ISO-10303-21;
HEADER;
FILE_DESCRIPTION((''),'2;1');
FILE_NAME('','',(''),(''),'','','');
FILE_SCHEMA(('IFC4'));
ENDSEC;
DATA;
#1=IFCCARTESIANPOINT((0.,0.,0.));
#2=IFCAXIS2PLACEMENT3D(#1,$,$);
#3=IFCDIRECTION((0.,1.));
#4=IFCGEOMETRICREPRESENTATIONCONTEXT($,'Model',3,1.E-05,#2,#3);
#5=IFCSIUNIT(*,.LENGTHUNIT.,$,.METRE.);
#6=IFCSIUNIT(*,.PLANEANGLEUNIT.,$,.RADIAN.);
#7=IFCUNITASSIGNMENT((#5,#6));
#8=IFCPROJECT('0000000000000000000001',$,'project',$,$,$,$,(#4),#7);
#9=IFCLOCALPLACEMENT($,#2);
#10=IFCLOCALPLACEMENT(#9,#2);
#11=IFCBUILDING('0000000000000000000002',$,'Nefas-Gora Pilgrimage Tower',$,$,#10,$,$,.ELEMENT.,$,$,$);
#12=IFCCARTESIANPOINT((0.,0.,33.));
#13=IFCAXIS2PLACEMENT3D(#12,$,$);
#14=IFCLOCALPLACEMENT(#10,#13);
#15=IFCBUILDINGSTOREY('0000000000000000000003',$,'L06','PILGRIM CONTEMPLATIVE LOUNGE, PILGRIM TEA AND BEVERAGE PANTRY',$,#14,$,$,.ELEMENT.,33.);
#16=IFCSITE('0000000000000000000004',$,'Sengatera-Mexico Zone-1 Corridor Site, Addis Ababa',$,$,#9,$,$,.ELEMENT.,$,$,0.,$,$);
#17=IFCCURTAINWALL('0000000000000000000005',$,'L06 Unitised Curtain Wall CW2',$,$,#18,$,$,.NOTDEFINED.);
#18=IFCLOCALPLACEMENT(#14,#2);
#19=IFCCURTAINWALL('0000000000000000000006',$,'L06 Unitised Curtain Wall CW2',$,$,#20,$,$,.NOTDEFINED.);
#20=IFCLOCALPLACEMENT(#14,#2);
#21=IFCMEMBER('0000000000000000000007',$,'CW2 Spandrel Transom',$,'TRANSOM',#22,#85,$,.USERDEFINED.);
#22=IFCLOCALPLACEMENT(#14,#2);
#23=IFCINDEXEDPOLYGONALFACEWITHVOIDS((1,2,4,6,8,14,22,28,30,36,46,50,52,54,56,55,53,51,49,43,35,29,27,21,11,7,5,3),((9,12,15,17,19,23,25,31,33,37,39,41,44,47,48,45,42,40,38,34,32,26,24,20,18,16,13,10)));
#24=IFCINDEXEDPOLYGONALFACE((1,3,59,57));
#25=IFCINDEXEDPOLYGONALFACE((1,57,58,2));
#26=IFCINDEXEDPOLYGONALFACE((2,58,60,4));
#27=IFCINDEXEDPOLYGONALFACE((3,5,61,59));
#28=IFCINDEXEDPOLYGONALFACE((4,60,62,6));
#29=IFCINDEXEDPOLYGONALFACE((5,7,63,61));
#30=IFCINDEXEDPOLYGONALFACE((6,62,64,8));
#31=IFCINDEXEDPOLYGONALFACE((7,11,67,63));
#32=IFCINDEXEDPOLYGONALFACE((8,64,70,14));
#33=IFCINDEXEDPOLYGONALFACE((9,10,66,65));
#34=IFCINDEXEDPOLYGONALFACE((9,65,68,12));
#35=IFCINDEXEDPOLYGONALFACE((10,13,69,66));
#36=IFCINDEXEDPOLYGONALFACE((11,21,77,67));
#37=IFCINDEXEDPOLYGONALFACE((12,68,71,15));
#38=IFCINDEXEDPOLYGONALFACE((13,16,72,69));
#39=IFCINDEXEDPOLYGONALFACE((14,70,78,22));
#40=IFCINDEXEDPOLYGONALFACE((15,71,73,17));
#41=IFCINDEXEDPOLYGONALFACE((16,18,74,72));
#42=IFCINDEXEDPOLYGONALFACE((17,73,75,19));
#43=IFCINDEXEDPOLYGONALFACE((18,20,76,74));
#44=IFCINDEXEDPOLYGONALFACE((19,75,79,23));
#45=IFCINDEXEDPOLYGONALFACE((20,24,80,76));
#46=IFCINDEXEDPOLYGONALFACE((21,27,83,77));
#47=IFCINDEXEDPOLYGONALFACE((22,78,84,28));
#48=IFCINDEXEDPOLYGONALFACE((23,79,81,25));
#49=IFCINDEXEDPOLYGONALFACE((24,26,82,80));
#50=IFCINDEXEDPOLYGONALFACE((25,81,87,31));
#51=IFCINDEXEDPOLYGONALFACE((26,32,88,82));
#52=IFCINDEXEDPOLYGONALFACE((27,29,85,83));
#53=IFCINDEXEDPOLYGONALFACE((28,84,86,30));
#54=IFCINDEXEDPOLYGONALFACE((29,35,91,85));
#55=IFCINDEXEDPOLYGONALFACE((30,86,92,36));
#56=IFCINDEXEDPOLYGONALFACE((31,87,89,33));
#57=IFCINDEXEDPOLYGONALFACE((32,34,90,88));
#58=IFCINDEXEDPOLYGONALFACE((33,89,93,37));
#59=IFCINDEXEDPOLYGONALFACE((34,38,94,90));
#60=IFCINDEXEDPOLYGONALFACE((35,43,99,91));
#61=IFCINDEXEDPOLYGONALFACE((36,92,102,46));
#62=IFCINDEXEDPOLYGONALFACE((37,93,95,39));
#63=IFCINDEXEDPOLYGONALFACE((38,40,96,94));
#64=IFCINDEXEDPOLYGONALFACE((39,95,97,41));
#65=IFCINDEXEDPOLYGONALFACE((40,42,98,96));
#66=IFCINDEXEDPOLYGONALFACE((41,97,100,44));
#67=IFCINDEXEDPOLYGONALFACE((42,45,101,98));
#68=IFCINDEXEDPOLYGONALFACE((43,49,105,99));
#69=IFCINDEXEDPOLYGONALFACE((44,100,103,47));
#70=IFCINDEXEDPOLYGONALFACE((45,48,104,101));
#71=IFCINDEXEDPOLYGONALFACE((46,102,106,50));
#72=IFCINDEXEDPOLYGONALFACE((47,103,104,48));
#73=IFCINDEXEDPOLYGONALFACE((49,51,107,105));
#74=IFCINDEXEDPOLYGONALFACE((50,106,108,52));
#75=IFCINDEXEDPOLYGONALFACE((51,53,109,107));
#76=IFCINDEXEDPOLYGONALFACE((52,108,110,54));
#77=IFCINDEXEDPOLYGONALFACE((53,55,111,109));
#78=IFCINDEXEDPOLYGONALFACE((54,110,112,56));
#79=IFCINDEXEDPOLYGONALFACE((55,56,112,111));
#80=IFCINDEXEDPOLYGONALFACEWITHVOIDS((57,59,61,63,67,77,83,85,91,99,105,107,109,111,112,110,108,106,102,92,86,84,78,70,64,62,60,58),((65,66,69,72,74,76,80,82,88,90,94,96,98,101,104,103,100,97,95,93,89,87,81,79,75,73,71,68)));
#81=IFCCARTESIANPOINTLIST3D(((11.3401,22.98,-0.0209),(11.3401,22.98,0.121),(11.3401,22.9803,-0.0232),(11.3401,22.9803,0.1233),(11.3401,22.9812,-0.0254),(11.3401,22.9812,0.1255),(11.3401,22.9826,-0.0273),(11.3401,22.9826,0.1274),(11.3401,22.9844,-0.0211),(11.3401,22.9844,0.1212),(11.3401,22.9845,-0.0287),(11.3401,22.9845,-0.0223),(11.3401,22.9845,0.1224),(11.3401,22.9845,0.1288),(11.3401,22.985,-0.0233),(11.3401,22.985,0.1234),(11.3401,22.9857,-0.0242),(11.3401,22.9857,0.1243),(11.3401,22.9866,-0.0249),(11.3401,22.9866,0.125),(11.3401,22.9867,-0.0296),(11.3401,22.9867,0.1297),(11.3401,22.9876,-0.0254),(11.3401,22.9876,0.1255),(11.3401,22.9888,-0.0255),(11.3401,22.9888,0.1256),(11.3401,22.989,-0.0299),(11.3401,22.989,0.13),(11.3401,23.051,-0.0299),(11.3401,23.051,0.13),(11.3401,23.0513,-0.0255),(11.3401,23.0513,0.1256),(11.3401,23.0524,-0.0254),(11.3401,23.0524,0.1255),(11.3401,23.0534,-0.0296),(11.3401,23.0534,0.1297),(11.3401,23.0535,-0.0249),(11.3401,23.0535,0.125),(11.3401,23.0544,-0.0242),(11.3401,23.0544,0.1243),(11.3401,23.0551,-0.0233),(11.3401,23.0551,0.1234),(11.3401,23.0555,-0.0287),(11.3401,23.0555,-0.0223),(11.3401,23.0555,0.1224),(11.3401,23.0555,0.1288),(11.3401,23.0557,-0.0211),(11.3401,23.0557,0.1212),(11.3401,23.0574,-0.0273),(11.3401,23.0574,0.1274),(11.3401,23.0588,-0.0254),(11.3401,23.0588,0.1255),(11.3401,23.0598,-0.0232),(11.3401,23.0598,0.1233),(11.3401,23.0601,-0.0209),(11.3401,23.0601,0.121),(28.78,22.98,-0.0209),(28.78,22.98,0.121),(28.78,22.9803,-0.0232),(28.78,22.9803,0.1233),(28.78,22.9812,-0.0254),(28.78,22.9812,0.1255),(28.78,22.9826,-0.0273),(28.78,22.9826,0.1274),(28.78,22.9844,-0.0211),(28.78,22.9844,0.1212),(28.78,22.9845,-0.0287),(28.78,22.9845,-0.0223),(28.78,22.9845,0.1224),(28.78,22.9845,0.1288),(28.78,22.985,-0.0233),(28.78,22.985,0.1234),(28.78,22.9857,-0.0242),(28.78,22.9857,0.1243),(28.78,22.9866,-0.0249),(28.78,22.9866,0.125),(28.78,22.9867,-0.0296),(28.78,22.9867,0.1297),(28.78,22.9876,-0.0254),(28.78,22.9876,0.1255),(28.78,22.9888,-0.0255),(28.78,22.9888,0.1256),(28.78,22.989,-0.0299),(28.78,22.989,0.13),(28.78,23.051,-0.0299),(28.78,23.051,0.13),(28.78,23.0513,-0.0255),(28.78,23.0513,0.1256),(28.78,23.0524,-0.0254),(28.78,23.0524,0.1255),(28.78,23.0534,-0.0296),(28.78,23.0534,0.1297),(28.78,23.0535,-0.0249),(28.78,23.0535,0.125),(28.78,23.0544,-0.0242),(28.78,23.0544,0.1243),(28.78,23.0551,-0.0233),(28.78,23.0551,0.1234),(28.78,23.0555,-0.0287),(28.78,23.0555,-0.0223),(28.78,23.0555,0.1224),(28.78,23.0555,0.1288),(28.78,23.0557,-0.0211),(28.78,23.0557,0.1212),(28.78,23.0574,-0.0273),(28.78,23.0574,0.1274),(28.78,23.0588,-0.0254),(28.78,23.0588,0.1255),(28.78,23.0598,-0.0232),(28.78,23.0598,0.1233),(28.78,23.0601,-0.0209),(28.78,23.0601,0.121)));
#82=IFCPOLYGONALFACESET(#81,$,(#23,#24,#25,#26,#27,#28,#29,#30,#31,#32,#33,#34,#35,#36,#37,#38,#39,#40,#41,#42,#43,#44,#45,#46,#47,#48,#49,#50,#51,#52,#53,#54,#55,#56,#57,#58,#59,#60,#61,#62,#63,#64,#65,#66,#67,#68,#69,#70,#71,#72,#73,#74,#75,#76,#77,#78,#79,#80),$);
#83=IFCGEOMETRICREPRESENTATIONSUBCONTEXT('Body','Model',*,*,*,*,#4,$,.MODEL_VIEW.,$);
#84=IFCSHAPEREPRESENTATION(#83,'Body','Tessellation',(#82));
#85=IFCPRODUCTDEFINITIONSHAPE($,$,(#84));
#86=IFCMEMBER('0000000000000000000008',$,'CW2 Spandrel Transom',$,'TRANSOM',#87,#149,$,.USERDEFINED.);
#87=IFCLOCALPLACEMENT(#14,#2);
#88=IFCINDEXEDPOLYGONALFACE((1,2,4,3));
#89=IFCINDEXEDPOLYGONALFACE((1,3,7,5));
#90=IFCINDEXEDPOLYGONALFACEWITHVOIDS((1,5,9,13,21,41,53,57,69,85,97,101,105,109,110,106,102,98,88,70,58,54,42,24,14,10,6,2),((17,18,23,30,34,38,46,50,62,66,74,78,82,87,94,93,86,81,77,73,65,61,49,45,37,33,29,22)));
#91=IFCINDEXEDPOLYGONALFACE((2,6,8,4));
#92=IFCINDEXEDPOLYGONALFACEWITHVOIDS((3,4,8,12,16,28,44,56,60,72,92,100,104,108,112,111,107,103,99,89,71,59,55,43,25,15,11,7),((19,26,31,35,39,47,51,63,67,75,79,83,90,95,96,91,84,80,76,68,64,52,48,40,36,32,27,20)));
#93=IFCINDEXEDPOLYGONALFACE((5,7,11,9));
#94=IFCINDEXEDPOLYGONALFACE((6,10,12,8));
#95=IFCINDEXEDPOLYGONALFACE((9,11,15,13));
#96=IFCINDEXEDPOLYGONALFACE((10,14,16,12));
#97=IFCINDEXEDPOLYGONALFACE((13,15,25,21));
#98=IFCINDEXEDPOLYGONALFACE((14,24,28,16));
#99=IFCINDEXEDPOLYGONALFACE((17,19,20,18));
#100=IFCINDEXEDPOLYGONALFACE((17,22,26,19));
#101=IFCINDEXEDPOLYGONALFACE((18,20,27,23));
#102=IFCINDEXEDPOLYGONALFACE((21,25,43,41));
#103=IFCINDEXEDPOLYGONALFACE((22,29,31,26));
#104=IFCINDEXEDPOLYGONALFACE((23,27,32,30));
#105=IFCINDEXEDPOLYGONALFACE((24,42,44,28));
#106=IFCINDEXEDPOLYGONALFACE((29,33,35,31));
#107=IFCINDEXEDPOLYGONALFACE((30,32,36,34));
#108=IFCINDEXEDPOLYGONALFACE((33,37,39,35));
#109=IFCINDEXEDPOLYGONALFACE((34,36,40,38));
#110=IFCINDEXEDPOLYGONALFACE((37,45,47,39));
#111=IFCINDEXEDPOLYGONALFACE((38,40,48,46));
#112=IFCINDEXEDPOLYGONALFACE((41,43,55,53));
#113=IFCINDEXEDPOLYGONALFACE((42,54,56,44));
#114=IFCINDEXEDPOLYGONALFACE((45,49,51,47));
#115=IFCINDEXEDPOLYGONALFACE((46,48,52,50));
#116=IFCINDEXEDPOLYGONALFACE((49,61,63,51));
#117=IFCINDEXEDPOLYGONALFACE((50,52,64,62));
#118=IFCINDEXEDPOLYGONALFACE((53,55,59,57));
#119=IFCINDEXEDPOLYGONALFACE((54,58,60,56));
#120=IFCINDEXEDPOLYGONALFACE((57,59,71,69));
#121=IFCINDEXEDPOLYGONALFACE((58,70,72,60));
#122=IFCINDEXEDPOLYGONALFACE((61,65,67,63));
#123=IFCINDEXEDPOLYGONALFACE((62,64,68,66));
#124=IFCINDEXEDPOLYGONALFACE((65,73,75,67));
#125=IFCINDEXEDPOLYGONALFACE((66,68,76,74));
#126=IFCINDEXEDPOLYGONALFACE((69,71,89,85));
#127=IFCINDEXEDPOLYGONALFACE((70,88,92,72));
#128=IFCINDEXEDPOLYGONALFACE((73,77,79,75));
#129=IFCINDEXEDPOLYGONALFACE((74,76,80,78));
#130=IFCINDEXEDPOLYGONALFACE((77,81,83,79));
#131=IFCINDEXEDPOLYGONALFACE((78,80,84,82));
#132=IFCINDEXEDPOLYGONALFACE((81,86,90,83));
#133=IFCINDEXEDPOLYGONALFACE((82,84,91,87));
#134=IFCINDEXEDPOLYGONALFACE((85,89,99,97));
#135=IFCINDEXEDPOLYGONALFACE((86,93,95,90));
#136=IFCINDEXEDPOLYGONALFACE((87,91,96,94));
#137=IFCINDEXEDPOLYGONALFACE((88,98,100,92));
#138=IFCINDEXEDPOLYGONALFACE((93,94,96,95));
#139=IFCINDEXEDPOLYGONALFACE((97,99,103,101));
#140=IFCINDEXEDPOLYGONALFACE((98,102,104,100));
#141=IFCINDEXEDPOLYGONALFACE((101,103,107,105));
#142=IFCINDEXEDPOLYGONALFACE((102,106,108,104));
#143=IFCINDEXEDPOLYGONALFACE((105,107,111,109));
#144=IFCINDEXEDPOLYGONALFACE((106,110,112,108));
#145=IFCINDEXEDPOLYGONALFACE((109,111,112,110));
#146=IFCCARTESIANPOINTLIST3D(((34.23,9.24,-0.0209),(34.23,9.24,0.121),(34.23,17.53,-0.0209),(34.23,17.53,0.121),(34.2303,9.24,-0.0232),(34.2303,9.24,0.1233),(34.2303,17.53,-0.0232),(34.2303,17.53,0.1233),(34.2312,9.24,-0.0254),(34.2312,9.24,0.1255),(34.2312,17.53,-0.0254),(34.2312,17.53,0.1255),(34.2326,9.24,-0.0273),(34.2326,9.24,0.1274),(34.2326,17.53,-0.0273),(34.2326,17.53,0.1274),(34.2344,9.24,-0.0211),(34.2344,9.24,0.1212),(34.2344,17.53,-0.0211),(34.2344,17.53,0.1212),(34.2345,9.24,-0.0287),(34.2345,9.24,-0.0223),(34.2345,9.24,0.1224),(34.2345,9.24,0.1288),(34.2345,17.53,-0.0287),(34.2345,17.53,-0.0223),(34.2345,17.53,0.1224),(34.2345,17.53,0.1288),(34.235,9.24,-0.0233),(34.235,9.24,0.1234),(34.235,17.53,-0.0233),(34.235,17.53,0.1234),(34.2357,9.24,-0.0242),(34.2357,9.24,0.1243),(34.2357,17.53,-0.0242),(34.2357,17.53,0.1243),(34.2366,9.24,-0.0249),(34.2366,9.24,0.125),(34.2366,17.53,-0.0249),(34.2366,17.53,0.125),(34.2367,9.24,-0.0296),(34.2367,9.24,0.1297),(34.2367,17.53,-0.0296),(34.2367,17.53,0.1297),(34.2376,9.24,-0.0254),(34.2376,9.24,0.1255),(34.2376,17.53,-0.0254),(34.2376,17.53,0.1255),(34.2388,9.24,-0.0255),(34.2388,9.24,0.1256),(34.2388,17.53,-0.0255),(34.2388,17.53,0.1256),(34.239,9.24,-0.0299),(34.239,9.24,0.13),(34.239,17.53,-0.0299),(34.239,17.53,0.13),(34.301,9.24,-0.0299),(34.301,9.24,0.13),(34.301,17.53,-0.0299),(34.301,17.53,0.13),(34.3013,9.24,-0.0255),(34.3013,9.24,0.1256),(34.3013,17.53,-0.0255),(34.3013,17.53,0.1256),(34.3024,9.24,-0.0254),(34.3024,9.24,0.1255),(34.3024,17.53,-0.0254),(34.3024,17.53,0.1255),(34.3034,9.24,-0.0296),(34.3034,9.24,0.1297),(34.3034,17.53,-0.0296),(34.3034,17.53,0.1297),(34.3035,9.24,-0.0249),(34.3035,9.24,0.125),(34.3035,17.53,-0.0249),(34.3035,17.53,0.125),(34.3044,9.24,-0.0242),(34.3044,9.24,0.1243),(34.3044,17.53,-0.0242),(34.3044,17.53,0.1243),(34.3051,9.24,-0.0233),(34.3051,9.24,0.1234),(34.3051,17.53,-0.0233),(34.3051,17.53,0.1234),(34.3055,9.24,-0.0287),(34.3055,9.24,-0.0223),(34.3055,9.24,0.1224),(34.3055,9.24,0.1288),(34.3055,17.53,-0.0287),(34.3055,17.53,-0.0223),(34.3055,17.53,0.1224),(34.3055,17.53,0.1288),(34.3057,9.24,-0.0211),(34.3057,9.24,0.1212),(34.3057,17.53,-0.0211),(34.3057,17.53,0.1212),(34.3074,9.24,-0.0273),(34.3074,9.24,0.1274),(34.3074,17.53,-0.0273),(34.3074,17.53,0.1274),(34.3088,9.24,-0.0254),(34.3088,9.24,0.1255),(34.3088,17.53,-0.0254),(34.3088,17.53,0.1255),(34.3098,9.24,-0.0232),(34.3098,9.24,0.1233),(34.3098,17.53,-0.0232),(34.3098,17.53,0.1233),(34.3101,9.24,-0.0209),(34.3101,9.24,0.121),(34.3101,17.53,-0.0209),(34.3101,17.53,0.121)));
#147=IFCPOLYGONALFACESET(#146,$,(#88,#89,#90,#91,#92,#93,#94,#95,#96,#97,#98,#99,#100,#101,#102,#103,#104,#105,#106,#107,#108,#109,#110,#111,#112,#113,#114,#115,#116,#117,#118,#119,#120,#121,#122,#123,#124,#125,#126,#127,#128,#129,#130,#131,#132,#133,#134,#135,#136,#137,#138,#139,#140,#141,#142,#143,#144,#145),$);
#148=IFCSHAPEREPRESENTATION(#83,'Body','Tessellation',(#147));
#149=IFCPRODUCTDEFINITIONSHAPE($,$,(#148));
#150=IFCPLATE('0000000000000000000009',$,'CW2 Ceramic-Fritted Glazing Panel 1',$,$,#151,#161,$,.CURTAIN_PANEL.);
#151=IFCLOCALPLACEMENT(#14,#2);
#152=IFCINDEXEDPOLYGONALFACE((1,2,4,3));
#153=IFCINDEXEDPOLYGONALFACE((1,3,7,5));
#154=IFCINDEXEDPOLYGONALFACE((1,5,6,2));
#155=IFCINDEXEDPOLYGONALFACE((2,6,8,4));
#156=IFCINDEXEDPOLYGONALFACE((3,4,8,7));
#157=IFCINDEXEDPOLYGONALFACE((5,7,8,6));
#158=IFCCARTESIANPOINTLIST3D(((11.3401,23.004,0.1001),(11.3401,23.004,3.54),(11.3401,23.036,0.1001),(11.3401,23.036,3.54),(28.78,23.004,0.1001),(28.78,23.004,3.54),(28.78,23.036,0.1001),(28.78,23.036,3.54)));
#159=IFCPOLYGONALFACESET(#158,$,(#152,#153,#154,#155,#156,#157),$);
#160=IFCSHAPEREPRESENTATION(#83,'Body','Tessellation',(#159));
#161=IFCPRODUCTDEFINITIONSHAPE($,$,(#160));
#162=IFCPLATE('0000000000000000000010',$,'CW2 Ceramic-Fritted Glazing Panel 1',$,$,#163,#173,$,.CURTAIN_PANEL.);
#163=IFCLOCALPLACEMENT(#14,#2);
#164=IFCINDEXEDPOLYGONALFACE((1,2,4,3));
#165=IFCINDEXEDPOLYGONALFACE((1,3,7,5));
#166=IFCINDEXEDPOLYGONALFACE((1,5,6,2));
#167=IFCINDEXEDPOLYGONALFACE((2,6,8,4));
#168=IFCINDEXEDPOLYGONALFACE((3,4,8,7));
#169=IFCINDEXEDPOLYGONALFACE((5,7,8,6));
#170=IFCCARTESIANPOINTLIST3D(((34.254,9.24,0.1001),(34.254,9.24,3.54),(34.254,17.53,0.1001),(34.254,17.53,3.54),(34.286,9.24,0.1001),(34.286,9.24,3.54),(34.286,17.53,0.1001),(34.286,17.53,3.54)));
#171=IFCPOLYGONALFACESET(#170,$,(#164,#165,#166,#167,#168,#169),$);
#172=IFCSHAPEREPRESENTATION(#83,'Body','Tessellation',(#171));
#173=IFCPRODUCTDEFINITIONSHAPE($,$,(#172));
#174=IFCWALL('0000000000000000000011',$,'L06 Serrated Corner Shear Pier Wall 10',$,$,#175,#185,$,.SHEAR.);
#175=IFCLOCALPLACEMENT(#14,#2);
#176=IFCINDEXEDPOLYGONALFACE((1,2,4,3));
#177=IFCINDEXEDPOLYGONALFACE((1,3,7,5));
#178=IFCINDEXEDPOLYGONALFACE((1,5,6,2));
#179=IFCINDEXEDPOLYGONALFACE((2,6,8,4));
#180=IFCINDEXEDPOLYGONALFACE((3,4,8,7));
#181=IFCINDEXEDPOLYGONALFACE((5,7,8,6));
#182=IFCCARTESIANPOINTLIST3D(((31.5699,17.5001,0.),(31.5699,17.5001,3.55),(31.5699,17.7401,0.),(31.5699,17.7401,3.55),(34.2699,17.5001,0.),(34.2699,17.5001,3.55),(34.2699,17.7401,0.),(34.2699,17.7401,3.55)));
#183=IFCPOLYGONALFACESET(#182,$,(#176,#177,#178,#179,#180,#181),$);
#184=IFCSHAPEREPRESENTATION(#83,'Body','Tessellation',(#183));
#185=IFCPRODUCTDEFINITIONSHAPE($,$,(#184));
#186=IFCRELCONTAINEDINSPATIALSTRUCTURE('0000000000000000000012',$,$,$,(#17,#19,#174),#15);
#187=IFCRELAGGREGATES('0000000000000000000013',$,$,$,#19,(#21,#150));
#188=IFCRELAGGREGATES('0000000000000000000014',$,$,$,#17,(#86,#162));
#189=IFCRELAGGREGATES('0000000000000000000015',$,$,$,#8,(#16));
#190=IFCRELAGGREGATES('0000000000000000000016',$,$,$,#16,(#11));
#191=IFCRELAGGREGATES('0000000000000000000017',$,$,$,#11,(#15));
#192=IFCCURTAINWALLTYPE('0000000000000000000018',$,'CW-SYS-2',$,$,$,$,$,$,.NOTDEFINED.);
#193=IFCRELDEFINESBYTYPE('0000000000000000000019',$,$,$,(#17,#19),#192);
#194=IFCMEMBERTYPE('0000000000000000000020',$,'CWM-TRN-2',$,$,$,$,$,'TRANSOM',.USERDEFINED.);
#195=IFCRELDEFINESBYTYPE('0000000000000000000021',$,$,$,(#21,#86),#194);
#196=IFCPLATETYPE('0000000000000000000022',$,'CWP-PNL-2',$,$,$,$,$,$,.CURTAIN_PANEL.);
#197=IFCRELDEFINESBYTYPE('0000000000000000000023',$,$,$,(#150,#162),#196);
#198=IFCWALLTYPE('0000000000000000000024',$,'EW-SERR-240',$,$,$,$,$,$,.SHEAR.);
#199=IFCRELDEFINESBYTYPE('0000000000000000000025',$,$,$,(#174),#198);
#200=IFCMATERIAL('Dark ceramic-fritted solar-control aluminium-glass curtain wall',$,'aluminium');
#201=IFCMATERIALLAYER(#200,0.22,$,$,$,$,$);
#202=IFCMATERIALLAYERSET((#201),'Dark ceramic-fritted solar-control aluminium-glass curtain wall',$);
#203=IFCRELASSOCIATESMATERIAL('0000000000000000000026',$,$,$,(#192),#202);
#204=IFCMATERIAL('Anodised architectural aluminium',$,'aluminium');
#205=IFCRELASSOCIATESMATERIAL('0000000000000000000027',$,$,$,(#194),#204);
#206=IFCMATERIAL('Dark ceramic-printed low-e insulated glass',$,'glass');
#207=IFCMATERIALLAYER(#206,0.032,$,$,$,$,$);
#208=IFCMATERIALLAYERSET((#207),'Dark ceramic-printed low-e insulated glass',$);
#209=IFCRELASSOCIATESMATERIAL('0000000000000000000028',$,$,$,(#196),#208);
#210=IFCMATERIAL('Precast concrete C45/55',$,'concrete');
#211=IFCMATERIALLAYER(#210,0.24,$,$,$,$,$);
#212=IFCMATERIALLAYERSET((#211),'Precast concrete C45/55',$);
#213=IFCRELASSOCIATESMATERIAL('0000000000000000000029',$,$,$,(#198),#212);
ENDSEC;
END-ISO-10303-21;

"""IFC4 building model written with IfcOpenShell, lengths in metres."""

from ifc_helpers import new_model, si_unit, direction, frame, frame_2d, origin, origin_2d, place, context, subcontext, project, spatial, rectangle, hollow_rectangle, extrude, source, transform, mapped, material, layer, layer_set, material_profile, profile_set, type_object, element, aggregate, save


model = new_model("IFC4")

# Units and contexts
model_context = context("Model", 3, precision=1e-05, world=origin(), true_north=direction((0.0, 1.0)))
body_context = subcontext(model_context, "Body", "Model", "MODEL_VIEW")
ifc_project = project(units=[si_unit("LENGTHUNIT", "METRE"), si_unit("PLANEANGLEUNIT", "RADIAN")], contexts=[model_context])

# Site, building, storey
site_placement = place(None, origin())
site = spatial("IfcSite", under=ifc_project, at=site_placement, Name="Sengatera-Mexico Zone-1 Corridor Site, Addis Ababa", CompositionType="ELEMENT", RefElevation=0.0)
building_placement = place(site_placement, origin())
building = spatial("IfcBuilding", under=site, at=building_placement, Name="Nefas-Gora Pilgrimage Tower", CompositionType="ELEMENT")
storey_placement = place(building_placement, frame((0.0, 0.0, 33.0)))
storey = spatial("IfcBuildingStorey", under=building, at=storey_placement, Name="L06", Description="PILGRIM CONTEMPLATIVE LOUNGE, PILGRIM TEA AND BEVERAGE PANTRY", CompositionType="ELEMENT", Elevation=33.0)

# Curtain wall
ifc_material_1 = material(Name="Dark ceramic-fritted solar-control aluminium-glass curtain wall", Category="aluminium")
ifc_layer_1 = layer(ifc_material_1, 0.22)
ifc_layer_set_1 = layer_set([ifc_layer_1], Name="Dark ceramic-fritted solar-control aluminium-glass curtain wall")
curtain_wall_type = type_object("IfcCurtainWallType", Name="CW-SYS-2", PredefinedType="NOTDEFINED", material=ifc_layer_set_1)
curtain_wall_1_placement = place(storey_placement, origin())
curtain_wall_1 = element("IfcCurtainWall", 1, at=curtain_wall_1_placement, inside=storey, type_object=curtain_wall_type, Name="L06 Unitised Curtain Wall CW2", PredefinedType="NOTDEFINED")
ifc_material_2 = material(Name="Anodised architectural aluminium", Category="aluminium")

# Curtain wall, member
curtain_wall_2_placement = place(storey_placement, origin())
curtain_wall_2 = element("IfcCurtainWall", 2, at=curtain_wall_2_placement, inside=storey, type_object=curtain_wall_type, Name="L06 Unitised Curtain Wall CW2", PredefinedType="NOTDEFINED")
ifc_material_profile_1 = material_profile(ifc_material_2, hollow_rectangle(XDim=0.0801, YDim=0.1599, WallThickness=0.0044, InnerFilletRadius=0.0044, OuterFilletRadius=0.009, at=origin_2d()), Name="ALU TRANSOM 80x160")
ifc_profile_set_1 = profile_set([ifc_material_profile_1], Name="Anodised architectural aluminium")
member_type_1 = type_object("IfcMemberType", Name="CWM-TRN-2", ElementType="TRANSOM", PredefinedType="USERDEFINED", material=ifc_profile_set_1)
shared_shape_1 = source(origin(), body_context, "Body", "SweptSolid", [
    extrude(hollow_rectangle(XDim=0.0801, YDim=0.1599, WallThickness=0.0044, InnerFilletRadius=0.0044, OuterFilletRadius=0.009, at=origin_2d()), origin(), (0.0, 0.0, 1.0), 17.4399),
])
member_1_placement = place(storey_placement, frame((28.78, 23.02, 0.05), z_axis=(-1.0, 0.0, 0.0), x_axis=(0.0, -1.0, 0.0)))
member_1 = element("IfcMember", 3, at=member_1_placement, type_object=member_type_1, Name="CW2 Spandrel Transom", ObjectType="TRANSOM", PredefinedType="USERDEFINED", context=body_context, shape_type="MappedRepresentation", body=[
    mapped(shared_shape_1, transform((0.0, 0.0, 0.0), x_axis=(1.0, 0.0, 0.0), y_axis=(0.0, 1.0, 0.0), z_axis=(0.0, 0.0, 1.0), scale=1.0)),
])

# Member
shared_shape_2 = source(origin(), body_context, "Body", "SweptSolid", [
    extrude(hollow_rectangle(XDim=0.0801, YDim=0.1599, WallThickness=0.0044, InnerFilletRadius=0.0044, OuterFilletRadius=0.009, at=origin_2d()), origin(), (0.0, 0.0, 1.0), 8.29),
])
member_2_placement = place(storey_placement, frame((34.27, 9.24, 0.05), z_axis=(0.0, 1.0, 0.0), x_axis=(-1.0, 0.0, 0.0)))
member_2 = element("IfcMember", 4, at=member_2_placement, type_object=member_type_1, Name="CW2 Spandrel Transom", ObjectType="TRANSOM", PredefinedType="USERDEFINED", context=body_context, shape_type="MappedRepresentation", body=[
    mapped(shared_shape_2, transform((0.0, 0.0, 0.0), x_axis=(1.0, 0.0, 0.0), y_axis=(0.0, 1.0, 0.0), z_axis=(0.0, 0.0, 1.0), scale=1.0)),
])

# Plates
ifc_material_3 = material(Name="Dark ceramic-printed low-e insulated glass", Category="glass")
ifc_layer_2 = layer(ifc_material_3, 0.032)
ifc_layer_set_2 = layer_set([ifc_layer_2], Name="Dark ceramic-printed low-e insulated glass")
plate_type = type_object("IfcPlateType", Name="CWP-PNL-2", PredefinedType="CURTAIN_PANEL", material=ifc_layer_set_2)
shared_shape_3 = source(origin(), body_context, "Body", "SweptSolid", [
    extrude(rectangle(XDim=17.4399, YDim=0.032, at=origin_2d()), origin(), (0.0, 0.0, 1.0), 3.4399),
])
plate_1_placement = place(storey_placement, frame((20.0601, 23.02, 0.1001), z_axis=(0.0, 0.0, 1.0), x_axis=(-1.0, 0.0, 0.0)))
plate_1 = element("IfcPlate", 5, at=plate_1_placement, type_object=plate_type, Name="CW2 Ceramic-Fritted Glazing Panel 1", PredefinedType="CURTAIN_PANEL", context=body_context, shape_type="MappedRepresentation", body=[
    mapped(shared_shape_3, transform((0.0, 0.0, 0.0), x_axis=(1.0, 0.0, 0.0), y_axis=(0.0, 1.0, 0.0), z_axis=(0.0, 0.0, 1.0), scale=1.0)),
])
aggregate(curtain_wall_2, [member_1, plate_1])
shared_shape_4 = source(origin(), body_context, "Body", "SweptSolid", [
    extrude(rectangle(XDim=8.29, YDim=0.032, at=origin_2d()), origin(), (0.0, 0.0, 1.0), 3.4399),
])
plate_2_placement = place(storey_placement, frame((34.27, 13.385, 0.1001), z_axis=(0.0, 0.0, 1.0), x_axis=(0.0, 1.0, 0.0)))
plate_2 = element("IfcPlate", 6, at=plate_2_placement, type_object=plate_type, Name="CW2 Ceramic-Fritted Glazing Panel 1", PredefinedType="CURTAIN_PANEL", context=body_context, shape_type="MappedRepresentation", body=[
    mapped(shared_shape_4, transform((0.0, 0.0, 0.0), x_axis=(1.0, 0.0, 0.0), y_axis=(0.0, 1.0, 0.0), z_axis=(0.0, 0.0, 1.0), scale=1.0)),
])
aggregate(curtain_wall_1, [member_2, plate_2])

# Wall
ifc_material_4 = material(Name="Precast concrete C45/55", Category="concrete")
ifc_layer_3 = layer(ifc_material_4, 0.24)
ifc_layer_set_3 = layer_set([ifc_layer_3], Name="Precast concrete C45/55")
wall_type_1 = type_object("IfcWallType", Name="EW-SERR-240", PredefinedType="SHEAR", material=ifc_layer_set_3)
shared_shape_5 = source(origin(), body_context, "Body", "SweptSolid", [
    extrude(rectangle(XDim=2.7, YDim=0.24, at=frame_2d((1.3501, 0.0))), origin(), (0.0, 0.0, 1.0), 3.55),
])
for number, where, z_axis, x_axis, name in (
    (7, (34.27, 17.6201, 0.0), (0.0, 0.0, 1.0), (-1.0, 0.0, 0.0), "L06 Serrated Corner Shear Pier Wall 10"),
):
    element("IfcWall", number, at=place(storey_placement, frame(where, z_axis=z_axis, x_axis=x_axis)), inside=storey, type_object=wall_type_1, Name=name, PredefinedType="SHEAR", context=body_context, shape_type="MappedRepresentation", body=[
        mapped(shared_shape_5, transform((0.0, 0.0, 0.0), x_axis=(1.0, 0.0, 0.0), y_axis=(0.0, 1.0, 0.0), z_axis=(0.0, 0.0, 1.0), scale=1.0)),
    ])

save(model, "model.ifc")
